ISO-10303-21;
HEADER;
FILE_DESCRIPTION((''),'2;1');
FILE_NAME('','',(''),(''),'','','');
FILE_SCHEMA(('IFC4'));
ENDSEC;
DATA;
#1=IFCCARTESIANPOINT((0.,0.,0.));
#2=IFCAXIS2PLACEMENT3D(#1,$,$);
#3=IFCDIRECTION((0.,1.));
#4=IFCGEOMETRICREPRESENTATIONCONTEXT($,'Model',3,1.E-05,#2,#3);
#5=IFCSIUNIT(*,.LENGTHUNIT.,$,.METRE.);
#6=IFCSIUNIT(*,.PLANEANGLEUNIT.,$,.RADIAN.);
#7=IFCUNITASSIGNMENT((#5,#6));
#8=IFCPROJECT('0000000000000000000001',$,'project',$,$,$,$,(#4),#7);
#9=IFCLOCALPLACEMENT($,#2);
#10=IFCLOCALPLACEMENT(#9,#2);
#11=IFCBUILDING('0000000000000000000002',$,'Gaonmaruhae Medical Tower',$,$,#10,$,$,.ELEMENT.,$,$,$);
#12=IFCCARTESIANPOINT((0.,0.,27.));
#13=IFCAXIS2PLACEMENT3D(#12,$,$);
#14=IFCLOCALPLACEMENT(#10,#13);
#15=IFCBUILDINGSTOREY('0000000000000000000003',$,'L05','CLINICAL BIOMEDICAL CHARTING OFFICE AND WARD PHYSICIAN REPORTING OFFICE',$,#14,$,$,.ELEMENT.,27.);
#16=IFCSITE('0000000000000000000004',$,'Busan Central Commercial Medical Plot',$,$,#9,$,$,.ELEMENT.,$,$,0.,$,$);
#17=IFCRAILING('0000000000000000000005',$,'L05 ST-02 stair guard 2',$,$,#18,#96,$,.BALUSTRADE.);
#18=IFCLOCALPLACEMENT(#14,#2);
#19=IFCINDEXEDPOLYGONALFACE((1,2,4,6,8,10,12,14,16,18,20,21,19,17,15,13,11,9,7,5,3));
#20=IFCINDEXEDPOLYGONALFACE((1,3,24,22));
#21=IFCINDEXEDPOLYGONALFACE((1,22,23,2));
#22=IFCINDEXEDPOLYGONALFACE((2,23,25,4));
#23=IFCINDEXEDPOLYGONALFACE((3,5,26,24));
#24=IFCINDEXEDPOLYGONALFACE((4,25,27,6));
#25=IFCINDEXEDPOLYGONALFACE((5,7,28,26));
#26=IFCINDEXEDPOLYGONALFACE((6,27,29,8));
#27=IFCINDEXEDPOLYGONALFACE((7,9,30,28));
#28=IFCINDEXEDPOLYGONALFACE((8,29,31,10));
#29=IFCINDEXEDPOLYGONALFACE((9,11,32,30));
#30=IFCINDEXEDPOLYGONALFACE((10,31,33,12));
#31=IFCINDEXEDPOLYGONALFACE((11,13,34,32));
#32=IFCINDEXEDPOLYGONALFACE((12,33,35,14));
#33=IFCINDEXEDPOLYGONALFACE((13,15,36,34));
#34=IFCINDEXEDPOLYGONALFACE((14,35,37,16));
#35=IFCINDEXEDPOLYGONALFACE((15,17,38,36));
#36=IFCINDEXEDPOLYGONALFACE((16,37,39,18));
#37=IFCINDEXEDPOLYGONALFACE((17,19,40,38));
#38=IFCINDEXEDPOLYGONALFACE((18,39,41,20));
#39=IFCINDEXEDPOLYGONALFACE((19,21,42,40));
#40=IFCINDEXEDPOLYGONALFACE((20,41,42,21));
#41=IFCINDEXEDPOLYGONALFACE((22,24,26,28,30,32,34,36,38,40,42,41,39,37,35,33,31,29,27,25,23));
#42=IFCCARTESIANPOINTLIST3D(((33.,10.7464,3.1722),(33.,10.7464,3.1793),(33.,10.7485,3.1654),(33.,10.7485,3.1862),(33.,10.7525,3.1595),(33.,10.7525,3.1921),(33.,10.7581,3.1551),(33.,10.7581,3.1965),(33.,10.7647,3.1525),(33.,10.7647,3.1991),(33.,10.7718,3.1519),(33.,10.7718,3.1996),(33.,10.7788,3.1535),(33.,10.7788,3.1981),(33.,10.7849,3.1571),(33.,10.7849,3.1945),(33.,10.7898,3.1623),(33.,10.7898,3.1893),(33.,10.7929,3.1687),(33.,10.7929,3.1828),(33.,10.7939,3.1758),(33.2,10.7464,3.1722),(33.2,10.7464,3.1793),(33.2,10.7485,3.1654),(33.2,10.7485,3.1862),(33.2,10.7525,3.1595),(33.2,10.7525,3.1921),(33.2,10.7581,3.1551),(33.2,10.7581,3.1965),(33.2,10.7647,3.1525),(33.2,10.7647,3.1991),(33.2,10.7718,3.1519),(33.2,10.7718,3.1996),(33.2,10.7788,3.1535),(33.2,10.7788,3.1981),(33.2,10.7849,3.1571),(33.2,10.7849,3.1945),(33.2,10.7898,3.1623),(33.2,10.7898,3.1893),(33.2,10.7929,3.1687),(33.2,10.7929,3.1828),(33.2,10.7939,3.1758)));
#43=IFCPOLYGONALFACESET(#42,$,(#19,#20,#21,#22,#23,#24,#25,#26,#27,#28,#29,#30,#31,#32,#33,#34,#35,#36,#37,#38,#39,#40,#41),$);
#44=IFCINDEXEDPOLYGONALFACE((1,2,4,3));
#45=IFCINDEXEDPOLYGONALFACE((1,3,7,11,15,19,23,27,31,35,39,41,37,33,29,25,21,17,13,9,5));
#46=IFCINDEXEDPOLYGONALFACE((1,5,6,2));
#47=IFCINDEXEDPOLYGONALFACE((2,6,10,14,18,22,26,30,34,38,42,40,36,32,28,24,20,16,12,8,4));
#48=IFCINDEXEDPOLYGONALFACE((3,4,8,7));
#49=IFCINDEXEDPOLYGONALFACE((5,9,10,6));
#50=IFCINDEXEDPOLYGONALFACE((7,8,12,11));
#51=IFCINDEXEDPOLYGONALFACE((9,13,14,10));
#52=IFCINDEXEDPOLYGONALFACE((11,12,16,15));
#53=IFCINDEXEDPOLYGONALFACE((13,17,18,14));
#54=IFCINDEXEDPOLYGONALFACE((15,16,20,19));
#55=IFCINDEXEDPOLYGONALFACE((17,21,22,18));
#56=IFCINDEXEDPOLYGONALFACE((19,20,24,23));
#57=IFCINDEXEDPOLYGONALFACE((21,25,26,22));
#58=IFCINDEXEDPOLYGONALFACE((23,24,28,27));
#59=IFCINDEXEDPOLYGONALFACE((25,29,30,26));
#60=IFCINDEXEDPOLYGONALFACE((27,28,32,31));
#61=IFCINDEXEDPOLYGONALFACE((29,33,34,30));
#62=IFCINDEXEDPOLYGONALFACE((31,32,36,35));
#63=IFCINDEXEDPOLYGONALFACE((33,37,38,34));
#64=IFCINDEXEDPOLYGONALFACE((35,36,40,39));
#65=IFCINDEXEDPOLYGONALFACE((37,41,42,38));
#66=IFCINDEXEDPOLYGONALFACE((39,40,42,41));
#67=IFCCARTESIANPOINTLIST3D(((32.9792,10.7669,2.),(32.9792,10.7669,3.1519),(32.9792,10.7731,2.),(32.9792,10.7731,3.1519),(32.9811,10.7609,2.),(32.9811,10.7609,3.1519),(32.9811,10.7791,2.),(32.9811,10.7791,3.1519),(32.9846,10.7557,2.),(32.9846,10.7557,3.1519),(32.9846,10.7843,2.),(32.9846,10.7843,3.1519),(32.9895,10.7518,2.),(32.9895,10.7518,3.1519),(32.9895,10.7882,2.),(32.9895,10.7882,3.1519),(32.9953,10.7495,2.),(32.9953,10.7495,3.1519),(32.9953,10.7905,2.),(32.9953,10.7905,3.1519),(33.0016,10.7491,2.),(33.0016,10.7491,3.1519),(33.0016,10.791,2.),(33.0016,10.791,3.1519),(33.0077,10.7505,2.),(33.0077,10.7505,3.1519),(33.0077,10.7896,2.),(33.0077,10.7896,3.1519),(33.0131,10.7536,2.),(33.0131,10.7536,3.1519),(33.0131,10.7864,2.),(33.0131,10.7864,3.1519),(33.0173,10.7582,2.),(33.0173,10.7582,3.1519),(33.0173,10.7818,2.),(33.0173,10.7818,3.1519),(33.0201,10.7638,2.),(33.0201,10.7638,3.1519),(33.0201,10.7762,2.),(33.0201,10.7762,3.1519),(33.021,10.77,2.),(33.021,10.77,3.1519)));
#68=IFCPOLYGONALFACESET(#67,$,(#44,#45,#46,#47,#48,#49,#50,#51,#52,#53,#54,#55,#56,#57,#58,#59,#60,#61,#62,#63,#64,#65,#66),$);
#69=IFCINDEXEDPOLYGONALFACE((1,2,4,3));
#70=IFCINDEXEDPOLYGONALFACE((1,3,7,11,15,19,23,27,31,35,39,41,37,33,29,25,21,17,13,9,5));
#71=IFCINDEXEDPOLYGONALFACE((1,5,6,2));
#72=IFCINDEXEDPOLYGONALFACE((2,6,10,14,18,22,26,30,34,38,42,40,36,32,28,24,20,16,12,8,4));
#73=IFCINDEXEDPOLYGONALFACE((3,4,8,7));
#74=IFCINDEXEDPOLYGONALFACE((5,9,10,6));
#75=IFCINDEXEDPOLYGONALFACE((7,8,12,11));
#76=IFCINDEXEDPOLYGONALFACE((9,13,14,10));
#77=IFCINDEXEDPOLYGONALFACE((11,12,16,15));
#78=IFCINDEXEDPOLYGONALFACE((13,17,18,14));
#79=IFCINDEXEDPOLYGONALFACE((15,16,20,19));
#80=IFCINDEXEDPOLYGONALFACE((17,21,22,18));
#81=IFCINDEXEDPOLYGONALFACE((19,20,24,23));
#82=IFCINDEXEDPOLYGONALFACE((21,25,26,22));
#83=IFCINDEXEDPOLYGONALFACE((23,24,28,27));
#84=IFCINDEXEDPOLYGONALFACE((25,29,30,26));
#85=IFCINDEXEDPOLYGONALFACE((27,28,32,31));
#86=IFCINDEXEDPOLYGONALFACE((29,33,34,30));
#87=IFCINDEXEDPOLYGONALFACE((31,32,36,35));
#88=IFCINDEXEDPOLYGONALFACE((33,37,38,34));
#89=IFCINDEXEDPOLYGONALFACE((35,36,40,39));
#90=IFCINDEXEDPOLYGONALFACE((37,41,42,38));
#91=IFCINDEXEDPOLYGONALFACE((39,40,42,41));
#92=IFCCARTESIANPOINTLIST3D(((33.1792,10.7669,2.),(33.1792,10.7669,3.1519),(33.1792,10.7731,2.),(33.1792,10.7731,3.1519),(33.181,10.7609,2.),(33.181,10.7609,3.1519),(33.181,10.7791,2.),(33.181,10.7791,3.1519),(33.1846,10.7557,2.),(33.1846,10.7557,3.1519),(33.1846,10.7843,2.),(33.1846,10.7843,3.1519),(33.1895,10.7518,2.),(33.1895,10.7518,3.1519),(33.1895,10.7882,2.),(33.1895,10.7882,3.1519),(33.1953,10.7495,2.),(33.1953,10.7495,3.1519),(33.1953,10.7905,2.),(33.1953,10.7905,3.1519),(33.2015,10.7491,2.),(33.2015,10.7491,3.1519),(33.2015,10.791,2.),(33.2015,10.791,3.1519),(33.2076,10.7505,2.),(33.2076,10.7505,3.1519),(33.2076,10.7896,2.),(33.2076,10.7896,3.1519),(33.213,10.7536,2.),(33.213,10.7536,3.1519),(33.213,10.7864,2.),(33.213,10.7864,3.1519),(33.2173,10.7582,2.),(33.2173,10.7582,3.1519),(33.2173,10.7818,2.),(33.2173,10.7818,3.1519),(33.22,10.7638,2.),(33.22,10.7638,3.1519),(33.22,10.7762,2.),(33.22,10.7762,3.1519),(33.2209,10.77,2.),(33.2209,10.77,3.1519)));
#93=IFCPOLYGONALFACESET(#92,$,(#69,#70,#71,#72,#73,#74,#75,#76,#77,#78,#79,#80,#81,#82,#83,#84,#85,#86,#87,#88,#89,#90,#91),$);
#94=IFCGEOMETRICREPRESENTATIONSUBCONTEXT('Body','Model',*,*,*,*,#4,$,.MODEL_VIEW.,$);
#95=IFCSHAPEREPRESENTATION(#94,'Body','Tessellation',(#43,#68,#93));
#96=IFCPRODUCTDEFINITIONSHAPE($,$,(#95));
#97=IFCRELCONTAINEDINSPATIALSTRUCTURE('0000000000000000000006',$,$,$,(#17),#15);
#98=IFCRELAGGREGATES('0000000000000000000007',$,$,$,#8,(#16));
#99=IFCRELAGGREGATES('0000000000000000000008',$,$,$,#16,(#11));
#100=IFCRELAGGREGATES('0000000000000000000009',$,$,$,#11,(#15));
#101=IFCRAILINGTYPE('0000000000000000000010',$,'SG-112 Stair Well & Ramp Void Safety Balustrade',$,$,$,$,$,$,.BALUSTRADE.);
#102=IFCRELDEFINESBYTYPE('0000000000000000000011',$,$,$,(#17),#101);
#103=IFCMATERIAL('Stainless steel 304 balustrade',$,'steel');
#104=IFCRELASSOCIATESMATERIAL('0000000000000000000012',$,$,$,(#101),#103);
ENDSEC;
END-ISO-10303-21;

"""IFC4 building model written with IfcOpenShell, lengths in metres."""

from ifc_helpers import new_model, si_unit, direction, frame, origin, origin_2d, place, context, subcontext, project, spatial, circle, extrude, material, type_object, element, save


model = new_model("IFC4")

# Units and contexts
model_context = context("Model", 3, precision=1e-05, world=origin(), true_north=direction((0.0, 1.0)))
body_context = subcontext(model_context, "Body", "Model", "MODEL_VIEW")
ifc_project = project(units=[si_unit("LENGTHUNIT", "METRE"), si_unit("PLANEANGLEUNIT", "RADIAN")], contexts=[model_context])

# Site, building, storey
site_placement = place(None, origin())
site = spatial("IfcSite", under=ifc_project, at=site_placement, Name="Busan Central Commercial Medical Plot", CompositionType="ELEMENT", RefElevation=0.0)
building_placement = place(site_placement, origin())
building = spatial("IfcBuilding", under=site, at=building_placement, Name="Gaonmaruhae Medical Tower", CompositionType="ELEMENT")
storey_placement = place(building_placement, frame((0.0, 0.0, 27.0)))
storey = spatial("IfcBuildingStorey", under=building, at=storey_placement, Name="L05", Description="CLINICAL BIOMEDICAL CHARTING OFFICE AND WARD PHYSICIAN REPORTING OFFICE", CompositionType="ELEMENT", Elevation=27.0)

# Railing
ifc_material_1 = material(Name="Stainless steel 304 balustrade", Category="steel")
railing_type_1 = type_object("IfcRailingType", Name="SG-112 Stair Well & Ramp Void Safety Balustrade", PredefinedType="BALUSTRADE", material=ifc_material_1)
railing_1_placement = place(storey_placement, frame((33.0, 10.77, 2.0)))
element("IfcRailing", 1, at=railing_1_placement, inside=storey, type_object=railing_type_1, Name="L05 ST-02 stair guard 2", PredefinedType="BALUSTRADE", context=body_context, shape_type="SweptSolid", body=[
    extrude(circle(Radius=0.0239, at=origin_2d()), frame((0.0, 0.0, 1.1758), z_axis=(1.0, 0.0, 0.0), x_axis=(0.0, 1.0, 0.0)), (0.0, 0.0, 1.0), 0.2),
    extrude(circle(Radius=0.021, at=origin_2d()), origin(), (0.0, 0.0, 1.0), 1.1519),
    extrude(circle(Radius=0.021, at=origin_2d()), frame((0.2, 0.0, 0.0)), (0.0, 0.0, 1.0), 1.1519),
])

save(model, "model.ifc")
